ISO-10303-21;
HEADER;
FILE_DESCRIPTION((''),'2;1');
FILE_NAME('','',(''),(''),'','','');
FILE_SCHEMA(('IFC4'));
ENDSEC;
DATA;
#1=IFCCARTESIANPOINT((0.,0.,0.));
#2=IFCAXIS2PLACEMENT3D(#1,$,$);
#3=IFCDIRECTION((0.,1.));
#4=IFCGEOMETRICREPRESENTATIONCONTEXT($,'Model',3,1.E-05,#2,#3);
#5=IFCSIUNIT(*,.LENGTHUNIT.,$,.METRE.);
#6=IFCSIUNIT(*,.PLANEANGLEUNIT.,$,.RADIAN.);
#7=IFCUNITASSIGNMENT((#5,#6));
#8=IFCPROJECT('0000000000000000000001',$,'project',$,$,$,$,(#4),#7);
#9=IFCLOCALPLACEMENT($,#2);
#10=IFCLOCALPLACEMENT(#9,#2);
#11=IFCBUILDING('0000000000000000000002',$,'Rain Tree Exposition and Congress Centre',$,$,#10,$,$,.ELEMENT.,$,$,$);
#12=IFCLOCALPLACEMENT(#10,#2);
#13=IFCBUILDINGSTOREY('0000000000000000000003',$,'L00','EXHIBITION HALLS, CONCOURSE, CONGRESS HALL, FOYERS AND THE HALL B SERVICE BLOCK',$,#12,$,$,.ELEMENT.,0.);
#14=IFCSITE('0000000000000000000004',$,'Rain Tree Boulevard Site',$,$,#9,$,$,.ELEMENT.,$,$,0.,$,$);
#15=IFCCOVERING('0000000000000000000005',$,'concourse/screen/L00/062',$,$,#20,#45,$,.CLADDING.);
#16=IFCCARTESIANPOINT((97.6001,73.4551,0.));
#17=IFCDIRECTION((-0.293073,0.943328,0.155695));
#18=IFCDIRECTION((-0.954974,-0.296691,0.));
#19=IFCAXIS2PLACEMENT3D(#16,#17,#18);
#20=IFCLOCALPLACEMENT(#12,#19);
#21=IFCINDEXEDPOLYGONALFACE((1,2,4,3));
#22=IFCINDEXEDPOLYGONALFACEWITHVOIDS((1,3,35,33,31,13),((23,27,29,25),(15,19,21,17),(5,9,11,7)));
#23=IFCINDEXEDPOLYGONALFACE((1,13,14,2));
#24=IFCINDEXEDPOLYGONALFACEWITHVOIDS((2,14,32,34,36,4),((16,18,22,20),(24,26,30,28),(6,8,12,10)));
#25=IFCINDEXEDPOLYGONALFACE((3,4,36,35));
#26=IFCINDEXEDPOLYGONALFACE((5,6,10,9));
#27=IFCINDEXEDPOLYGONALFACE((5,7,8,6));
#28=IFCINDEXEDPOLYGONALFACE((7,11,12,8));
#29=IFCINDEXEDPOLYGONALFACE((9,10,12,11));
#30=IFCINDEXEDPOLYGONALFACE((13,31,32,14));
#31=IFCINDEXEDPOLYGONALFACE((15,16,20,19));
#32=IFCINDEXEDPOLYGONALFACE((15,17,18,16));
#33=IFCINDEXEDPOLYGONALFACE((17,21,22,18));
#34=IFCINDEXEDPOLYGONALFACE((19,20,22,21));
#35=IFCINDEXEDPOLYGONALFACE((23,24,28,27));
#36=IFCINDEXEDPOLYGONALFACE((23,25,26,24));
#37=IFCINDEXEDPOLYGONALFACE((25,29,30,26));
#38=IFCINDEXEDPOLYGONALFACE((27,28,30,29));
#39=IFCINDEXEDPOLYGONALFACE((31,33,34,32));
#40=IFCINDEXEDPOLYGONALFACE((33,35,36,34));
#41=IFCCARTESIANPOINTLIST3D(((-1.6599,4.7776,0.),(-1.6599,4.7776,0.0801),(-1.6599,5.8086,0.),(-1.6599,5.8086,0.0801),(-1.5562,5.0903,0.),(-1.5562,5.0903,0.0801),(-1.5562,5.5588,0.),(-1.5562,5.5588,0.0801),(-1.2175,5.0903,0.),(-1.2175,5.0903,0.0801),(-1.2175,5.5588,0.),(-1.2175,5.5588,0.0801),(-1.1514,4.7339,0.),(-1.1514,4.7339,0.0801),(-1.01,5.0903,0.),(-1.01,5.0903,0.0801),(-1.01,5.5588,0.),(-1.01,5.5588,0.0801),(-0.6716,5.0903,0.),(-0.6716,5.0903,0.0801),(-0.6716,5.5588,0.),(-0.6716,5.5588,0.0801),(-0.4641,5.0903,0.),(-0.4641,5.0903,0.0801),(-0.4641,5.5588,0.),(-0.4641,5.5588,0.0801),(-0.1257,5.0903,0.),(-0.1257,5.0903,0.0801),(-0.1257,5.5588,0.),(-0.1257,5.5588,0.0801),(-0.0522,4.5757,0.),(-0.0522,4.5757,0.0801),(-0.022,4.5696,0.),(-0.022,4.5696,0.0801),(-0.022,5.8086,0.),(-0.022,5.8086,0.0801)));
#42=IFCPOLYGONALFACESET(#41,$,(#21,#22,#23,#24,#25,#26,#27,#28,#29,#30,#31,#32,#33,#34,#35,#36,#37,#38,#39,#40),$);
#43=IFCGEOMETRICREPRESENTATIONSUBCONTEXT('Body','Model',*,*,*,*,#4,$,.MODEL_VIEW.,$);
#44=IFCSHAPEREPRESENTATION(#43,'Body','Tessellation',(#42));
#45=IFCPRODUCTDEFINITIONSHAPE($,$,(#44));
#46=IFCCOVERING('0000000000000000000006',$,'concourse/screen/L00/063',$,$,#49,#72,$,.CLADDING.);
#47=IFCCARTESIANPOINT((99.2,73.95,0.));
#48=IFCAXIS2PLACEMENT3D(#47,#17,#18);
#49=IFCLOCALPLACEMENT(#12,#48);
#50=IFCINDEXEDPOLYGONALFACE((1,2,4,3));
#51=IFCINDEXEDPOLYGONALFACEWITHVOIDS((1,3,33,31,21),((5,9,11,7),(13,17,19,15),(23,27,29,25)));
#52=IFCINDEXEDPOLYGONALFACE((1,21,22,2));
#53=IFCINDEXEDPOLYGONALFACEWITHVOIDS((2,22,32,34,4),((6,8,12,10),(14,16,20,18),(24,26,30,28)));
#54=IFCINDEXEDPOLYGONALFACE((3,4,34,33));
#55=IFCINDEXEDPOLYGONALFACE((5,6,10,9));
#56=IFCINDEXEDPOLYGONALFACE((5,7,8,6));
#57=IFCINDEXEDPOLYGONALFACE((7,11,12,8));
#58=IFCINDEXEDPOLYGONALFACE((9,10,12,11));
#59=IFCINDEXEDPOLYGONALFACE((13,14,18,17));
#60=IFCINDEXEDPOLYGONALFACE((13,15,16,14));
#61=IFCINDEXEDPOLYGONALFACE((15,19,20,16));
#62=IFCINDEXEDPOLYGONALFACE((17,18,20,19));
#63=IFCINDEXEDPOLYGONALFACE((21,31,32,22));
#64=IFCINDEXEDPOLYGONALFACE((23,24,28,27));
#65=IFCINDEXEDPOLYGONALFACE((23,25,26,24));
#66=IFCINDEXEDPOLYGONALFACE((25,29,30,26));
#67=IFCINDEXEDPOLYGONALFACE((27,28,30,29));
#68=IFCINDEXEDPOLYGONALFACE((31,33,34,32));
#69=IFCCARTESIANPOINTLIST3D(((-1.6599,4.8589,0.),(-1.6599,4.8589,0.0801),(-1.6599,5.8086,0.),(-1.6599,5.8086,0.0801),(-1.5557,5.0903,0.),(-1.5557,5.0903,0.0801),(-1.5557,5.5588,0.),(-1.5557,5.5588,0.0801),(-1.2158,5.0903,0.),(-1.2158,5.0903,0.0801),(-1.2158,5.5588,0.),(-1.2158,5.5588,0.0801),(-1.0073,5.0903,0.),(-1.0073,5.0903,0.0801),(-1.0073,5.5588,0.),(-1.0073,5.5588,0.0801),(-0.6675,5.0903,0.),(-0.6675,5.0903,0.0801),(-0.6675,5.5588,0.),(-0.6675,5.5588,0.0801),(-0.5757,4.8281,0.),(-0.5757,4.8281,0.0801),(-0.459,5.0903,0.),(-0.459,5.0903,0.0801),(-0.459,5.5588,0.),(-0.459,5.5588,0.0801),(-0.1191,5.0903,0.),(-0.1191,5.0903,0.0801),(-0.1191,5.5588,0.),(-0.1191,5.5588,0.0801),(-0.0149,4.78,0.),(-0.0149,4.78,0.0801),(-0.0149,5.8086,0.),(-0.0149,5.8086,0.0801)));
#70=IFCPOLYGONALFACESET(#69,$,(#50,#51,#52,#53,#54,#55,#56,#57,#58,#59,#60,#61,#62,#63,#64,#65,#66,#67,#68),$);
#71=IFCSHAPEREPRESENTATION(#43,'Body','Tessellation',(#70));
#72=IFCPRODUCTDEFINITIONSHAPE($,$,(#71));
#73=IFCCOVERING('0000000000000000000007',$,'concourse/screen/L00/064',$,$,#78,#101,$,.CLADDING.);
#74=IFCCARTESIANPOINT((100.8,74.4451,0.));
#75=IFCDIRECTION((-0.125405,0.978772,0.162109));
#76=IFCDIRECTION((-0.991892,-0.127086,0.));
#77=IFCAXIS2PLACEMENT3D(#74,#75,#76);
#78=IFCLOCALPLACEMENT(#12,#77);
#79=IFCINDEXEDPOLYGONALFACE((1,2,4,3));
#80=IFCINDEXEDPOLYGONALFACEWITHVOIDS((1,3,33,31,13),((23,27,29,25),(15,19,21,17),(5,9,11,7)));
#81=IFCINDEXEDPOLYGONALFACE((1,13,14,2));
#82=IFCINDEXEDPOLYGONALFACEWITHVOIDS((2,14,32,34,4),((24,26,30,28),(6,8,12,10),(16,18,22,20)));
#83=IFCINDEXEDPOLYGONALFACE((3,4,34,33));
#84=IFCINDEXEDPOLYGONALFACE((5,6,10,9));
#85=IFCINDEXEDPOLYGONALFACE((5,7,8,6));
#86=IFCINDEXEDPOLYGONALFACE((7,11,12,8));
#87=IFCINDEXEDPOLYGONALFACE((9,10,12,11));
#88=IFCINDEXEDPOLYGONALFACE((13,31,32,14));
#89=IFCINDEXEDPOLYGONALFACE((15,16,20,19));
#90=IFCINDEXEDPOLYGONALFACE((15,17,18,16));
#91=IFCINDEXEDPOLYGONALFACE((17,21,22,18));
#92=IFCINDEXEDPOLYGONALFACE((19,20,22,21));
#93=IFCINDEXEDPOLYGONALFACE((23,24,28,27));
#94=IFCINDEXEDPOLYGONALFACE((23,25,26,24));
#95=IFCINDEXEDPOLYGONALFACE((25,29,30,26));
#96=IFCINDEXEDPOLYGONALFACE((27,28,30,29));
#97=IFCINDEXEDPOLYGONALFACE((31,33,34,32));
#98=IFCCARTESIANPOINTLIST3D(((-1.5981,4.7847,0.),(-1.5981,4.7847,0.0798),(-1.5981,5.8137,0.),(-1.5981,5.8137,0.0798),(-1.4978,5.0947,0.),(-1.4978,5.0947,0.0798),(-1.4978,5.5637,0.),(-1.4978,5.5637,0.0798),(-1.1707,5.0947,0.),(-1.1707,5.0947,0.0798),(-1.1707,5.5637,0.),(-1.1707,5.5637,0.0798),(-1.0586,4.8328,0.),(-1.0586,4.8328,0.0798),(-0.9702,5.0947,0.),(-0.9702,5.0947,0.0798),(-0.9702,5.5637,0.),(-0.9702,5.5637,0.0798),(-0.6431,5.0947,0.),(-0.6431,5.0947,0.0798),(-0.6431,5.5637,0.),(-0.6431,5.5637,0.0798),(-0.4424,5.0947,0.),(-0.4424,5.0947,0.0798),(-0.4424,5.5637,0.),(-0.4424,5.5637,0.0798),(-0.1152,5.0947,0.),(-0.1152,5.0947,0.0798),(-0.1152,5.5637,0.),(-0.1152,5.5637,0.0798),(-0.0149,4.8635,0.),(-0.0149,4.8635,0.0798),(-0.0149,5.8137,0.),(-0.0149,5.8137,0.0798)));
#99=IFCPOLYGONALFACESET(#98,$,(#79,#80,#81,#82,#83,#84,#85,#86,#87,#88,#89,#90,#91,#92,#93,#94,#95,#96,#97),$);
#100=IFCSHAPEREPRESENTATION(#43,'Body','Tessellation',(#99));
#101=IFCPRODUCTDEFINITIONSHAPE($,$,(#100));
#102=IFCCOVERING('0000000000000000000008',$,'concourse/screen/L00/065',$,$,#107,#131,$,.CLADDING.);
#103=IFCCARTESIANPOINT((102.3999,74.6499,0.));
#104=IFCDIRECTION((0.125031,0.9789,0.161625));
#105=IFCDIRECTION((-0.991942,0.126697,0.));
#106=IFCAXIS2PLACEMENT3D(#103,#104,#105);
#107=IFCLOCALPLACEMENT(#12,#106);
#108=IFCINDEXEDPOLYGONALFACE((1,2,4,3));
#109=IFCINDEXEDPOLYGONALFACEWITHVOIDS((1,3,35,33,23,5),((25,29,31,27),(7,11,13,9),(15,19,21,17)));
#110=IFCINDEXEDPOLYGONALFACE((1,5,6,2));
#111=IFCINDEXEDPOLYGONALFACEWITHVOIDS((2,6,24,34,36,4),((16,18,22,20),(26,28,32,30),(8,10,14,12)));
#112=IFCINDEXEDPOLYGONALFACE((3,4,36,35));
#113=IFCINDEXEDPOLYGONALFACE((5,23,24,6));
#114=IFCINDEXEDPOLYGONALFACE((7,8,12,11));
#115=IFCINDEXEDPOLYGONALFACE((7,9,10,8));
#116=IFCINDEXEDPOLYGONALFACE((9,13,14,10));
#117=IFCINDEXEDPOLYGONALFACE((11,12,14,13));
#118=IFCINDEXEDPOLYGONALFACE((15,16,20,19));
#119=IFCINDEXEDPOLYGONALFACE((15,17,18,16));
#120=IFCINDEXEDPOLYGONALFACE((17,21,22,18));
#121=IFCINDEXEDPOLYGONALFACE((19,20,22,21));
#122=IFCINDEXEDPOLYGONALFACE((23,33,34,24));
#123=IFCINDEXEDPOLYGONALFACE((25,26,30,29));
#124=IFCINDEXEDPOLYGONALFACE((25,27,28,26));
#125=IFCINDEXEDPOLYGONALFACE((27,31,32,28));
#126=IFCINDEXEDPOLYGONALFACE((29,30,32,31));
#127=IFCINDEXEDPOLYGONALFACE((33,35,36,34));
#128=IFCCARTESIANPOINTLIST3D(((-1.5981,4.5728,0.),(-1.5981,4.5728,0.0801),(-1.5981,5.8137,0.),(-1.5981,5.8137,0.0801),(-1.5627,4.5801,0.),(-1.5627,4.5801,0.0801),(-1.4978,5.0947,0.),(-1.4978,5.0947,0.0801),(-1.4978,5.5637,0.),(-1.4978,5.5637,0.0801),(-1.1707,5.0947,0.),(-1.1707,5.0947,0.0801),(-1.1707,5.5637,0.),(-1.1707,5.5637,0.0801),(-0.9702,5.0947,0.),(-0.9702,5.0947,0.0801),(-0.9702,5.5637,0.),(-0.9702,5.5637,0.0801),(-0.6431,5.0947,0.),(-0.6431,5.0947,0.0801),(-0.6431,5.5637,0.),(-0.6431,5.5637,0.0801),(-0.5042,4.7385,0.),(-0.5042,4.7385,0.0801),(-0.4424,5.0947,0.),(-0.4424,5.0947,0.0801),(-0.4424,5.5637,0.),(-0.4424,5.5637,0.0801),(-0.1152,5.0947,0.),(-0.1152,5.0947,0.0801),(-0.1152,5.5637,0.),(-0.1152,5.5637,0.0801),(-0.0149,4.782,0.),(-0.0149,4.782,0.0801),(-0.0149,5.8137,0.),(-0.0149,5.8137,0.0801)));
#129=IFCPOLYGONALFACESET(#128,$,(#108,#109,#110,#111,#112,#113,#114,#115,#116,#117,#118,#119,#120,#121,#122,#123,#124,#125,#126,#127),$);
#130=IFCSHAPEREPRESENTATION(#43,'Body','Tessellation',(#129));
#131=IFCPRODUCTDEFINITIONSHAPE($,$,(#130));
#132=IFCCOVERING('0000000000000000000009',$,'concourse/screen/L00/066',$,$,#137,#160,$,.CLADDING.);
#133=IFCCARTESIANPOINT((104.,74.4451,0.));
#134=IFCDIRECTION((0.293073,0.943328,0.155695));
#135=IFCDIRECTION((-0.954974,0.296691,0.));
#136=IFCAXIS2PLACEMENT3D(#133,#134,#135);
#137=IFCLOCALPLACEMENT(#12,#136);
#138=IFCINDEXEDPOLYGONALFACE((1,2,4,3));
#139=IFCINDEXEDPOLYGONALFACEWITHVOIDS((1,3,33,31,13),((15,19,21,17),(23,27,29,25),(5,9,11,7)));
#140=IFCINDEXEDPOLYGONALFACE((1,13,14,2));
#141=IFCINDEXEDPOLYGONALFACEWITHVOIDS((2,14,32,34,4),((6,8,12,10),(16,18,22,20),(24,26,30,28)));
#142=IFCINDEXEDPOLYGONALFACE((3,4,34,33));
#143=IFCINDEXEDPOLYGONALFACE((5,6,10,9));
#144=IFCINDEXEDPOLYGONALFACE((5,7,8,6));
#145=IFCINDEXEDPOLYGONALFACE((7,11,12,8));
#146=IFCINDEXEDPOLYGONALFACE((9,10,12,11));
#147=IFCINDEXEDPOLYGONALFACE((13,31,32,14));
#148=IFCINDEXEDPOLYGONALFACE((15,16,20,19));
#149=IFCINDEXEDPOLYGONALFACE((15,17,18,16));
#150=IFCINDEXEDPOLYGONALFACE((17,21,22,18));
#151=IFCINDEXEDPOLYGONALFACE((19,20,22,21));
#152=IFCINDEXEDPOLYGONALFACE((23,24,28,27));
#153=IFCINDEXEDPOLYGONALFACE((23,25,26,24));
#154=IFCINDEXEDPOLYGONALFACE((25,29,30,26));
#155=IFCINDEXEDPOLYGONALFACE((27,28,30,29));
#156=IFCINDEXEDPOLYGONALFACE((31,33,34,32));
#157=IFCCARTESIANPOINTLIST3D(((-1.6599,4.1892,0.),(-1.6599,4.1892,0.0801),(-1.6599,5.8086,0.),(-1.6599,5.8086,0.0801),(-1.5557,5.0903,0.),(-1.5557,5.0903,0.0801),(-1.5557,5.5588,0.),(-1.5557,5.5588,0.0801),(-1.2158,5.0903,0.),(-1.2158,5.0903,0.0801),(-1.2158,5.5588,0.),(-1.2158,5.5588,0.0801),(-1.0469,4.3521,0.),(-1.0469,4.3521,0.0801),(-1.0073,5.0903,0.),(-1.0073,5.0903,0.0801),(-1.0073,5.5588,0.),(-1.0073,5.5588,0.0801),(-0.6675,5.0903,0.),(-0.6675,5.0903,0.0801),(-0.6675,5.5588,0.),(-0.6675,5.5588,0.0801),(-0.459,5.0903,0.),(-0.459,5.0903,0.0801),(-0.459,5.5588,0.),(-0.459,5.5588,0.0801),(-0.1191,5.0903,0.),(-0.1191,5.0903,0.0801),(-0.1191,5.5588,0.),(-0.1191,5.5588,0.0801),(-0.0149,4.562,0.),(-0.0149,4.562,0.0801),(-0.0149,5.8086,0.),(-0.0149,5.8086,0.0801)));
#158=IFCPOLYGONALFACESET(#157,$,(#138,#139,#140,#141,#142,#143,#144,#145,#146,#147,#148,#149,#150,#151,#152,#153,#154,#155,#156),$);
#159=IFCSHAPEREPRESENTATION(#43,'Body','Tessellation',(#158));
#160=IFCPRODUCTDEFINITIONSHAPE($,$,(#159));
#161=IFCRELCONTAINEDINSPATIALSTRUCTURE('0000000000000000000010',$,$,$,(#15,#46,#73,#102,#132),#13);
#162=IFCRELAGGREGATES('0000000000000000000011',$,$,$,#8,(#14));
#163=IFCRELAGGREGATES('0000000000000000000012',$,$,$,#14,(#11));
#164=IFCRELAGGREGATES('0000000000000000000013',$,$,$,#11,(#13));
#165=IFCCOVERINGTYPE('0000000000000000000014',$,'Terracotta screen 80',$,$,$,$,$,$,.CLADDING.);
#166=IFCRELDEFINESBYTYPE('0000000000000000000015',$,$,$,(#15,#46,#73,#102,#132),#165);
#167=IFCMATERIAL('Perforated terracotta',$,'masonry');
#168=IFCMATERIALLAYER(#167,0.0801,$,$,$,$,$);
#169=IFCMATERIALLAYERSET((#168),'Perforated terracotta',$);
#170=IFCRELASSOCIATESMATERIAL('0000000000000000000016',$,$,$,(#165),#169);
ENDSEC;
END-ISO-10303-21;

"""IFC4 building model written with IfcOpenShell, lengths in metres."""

from ifc_helpers import new_model, si_unit, direction, frame, origin, place, context, subcontext, project, spatial, polyline, outline, extrude, material, layer, layer_set, type_object, element, save


model = new_model("IFC4")

# Units and contexts
model_context = context("Model", 3, precision=1e-05, world=origin(), true_north=direction((0.0, 1.0)))
body_context = subcontext(model_context, "Body", "Model", "MODEL_VIEW")
ifc_project = project(units=[si_unit("LENGTHUNIT", "METRE"), si_unit("PLANEANGLEUNIT", "RADIAN")], contexts=[model_context])

# Site, building, storey
site_placement = place(None, origin())
site = spatial("IfcSite", under=ifc_project, at=site_placement, Name="Rain Tree Boulevard Site", CompositionType="ELEMENT", RefElevation=0.0)
building_placement = place(site_placement, origin())
building = spatial("IfcBuilding", under=site, at=building_placement, Name="Rain Tree Exposition and Congress Centre", CompositionType="ELEMENT")
storey_placement = place(building_placement, origin())
storey = spatial("IfcBuildingStorey", under=building, at=storey_placement, Name="L00", Description="EXHIBITION HALLS, CONCOURSE, CONGRESS HALL, FOYERS AND THE HALL B SERVICE BLOCK", CompositionType="ELEMENT", Elevation=0.0)

# Coverings
ifc_material_1 = material(Name="Perforated terracotta", Category="masonry")
ifc_layer_1 = layer(ifc_material_1, 0.0801)
ifc_layer_set_1 = layer_set([ifc_layer_1], Name="Perforated terracotta")
covering_type_1 = type_object("IfcCoveringType", Name="Terracotta screen 80", PredefinedType="CLADDING", material=ifc_layer_set_1)
covering_1_placement = place(storey_placement, frame((97.6001, 73.4551, 0.0), z_axis=(-0.293073, 0.943328, 0.155695), x_axis=(-0.954974, -0.296691, 0.0)))
element("IfcCovering", 1, at=covering_1_placement, inside=storey, type_object=covering_type_1, Name="concourse/screen/L00/062", PredefinedType="CLADDING", context=body_context, shape_type="SweptSolid", body=[
    extrude(outline(polyline([(-0.022, 5.8086), (-0.022, 4.5696), (-0.0522, 4.5757), (-1.1514, 4.7339), (-1.6599, 4.7776), (-1.6599, 5.8086), (-0.022, 5.8086)]), holes=[polyline([(-0.1257, 5.0903), (-0.1257, 5.5588), (-0.4641, 5.5588), (-0.4641, 5.0903), (-0.1257, 5.0903)]), polyline([(-0.6716, 5.0903), (-0.6716, 5.5588), (-1.01, 5.5588), (-1.01, 5.0903), (-0.6716, 5.0903)]), polyline([(-1.2175, 5.0903), (-1.2175, 5.5588), (-1.5562, 5.5588), (-1.5562, 5.0903), (-1.2175, 5.0903)])]), origin(), (0.0, 0.0, 1.0), 0.0801),
])
covering_2_placement = place(storey_placement, frame((99.2, 73.95, 0.0), z_axis=(-0.293073, 0.943328, 0.155695), x_axis=(-0.954974, -0.296691, 0.0)))
element("IfcCovering", 2, at=covering_2_placement, inside=storey, type_object=covering_type_1, Name="concourse/screen/L00/063", PredefinedType="CLADDING", context=body_context, shape_type="SweptSolid", body=[
    extrude(outline(polyline([(-0.0149, 5.8086), (-0.0149, 4.78), (-0.5757, 4.8281), (-1.6599, 4.8589), (-1.6599, 5.8086), (-0.0149, 5.8086)]), holes=[polyline([(-0.1191, 5.0903), (-0.1191, 5.5588), (-0.459, 5.5588), (-0.459, 5.0903), (-0.1191, 5.0903)]), polyline([(-0.6675, 5.0903), (-0.6675, 5.5588), (-1.0073, 5.5588), (-1.0073, 5.0903), (-0.6675, 5.0903)]), polyline([(-1.2158, 5.0903), (-1.2158, 5.5588), (-1.5557, 5.5588), (-1.5557, 5.0903), (-1.2158, 5.0903)])]), origin(), (0.0, 0.0, 1.0), 0.0801),
])
covering_3_placement = place(storey_placement, frame((100.8, 74.4451, 0.0), z_axis=(-0.125405, 0.978772, 0.162109), x_axis=(-0.991892, -0.127086, 0.0)))
element("IfcCovering", 3, at=covering_3_placement, inside=storey, type_object=covering_type_1, Name="concourse/screen/L00/064", PredefinedType="CLADDING", context=body_context, shape_type="SweptSolid", body=[
    extrude(outline(polyline([(-0.0149, 5.8137), (-0.0149, 4.8635), (-1.0586, 4.8328), (-1.5981, 4.7847), (-1.5981, 5.8137), (-0.0149, 5.8137)]), holes=[polyline([(-0.1152, 5.0947), (-0.1152, 5.5637), (-0.4424, 5.5637), (-0.4424, 5.0947), (-0.1152, 5.0947)]), polyline([(-0.6431, 5.0947), (-0.6431, 5.5637), (-0.9702, 5.5637), (-0.9702, 5.0947), (-0.6431, 5.0947)]), polyline([(-1.1707, 5.0947), (-1.1707, 5.5637), (-1.4978, 5.5637), (-1.4978, 5.0947), (-1.1707, 5.0947)])]), origin(), (0.0, 0.0, 1.0), 0.0798),
])
covering_4_placement = place(storey_placement, frame((102.3999, 74.6499, 0.0), z_axis=(0.125031, 0.9789, 0.161625), x_axis=(-0.991942, 0.126697, 0.0)))
element("IfcCovering", 4, at=covering_4_placement, inside=storey, type_object=covering_type_1, Name="concourse/screen/L00/065", PredefinedType="CLADDING", context=body_context, shape_type="SweptSolid", body=[
    extrude(outline(polyline([(-0.0149, 5.8137), (-0.0149, 4.782), (-0.5042, 4.7385), (-1.5627, 4.5801), (-1.5981, 4.5728), (-1.5981, 5.8137), (-0.0149, 5.8137)]), holes=[polyline([(-0.1152, 5.0947), (-0.1152, 5.5637), (-0.4424, 5.5637), (-0.4424, 5.0947), (-0.1152, 5.0947)]), polyline([(-0.6431, 5.0947), (-0.6431, 5.5637), (-0.9702, 5.5637), (-0.9702, 5.0947), (-0.6431, 5.0947)]), polyline([(-1.1707, 5.0947), (-1.1707, 5.5637), (-1.4978, 5.5637), (-1.4978, 5.0947), (-1.1707, 5.0947)])]), origin(), (0.0, 0.0, 1.0), 0.0801),
])
covering_5_placement = place(storey_placement, frame((104.0, 74.4451, 0.0), z_axis=(0.293073, 0.943328, 0.155695), x_axis=(-0.954974, 0.296691, 0.0)))
element("IfcCovering", 5, at=covering_5_placement, inside=storey, type_object=covering_type_1, Name="concourse/screen/L00/066", PredefinedType="CLADDING", context=body_context, shape_type="SweptSolid", body=[
    extrude(outline(polyline([(-0.0149, 5.8086), (-0.0149, 4.562), (-1.0469, 4.3521), (-1.6599, 4.1892), (-1.6599, 5.8086), (-0.0149, 5.8086)]), holes=[polyline([(-0.1191, 5.0903), (-0.1191, 5.5588), (-0.459, 5.5588), (-0.459, 5.0903), (-0.1191, 5.0903)]), polyline([(-0.6675, 5.0903), (-0.6675, 5.5588), (-1.0073, 5.5588), (-1.0073, 5.0903), (-0.6675, 5.0903)]), polyline([(-1.2158, 5.0903), (-1.2158, 5.5588), (-1.5557, 5.5588), (-1.5557, 5.0903), (-1.2158, 5.0903)])]), origin(), (0.0, 0.0, 1.0), 0.0801),
])

save(model, "model.ifc")
